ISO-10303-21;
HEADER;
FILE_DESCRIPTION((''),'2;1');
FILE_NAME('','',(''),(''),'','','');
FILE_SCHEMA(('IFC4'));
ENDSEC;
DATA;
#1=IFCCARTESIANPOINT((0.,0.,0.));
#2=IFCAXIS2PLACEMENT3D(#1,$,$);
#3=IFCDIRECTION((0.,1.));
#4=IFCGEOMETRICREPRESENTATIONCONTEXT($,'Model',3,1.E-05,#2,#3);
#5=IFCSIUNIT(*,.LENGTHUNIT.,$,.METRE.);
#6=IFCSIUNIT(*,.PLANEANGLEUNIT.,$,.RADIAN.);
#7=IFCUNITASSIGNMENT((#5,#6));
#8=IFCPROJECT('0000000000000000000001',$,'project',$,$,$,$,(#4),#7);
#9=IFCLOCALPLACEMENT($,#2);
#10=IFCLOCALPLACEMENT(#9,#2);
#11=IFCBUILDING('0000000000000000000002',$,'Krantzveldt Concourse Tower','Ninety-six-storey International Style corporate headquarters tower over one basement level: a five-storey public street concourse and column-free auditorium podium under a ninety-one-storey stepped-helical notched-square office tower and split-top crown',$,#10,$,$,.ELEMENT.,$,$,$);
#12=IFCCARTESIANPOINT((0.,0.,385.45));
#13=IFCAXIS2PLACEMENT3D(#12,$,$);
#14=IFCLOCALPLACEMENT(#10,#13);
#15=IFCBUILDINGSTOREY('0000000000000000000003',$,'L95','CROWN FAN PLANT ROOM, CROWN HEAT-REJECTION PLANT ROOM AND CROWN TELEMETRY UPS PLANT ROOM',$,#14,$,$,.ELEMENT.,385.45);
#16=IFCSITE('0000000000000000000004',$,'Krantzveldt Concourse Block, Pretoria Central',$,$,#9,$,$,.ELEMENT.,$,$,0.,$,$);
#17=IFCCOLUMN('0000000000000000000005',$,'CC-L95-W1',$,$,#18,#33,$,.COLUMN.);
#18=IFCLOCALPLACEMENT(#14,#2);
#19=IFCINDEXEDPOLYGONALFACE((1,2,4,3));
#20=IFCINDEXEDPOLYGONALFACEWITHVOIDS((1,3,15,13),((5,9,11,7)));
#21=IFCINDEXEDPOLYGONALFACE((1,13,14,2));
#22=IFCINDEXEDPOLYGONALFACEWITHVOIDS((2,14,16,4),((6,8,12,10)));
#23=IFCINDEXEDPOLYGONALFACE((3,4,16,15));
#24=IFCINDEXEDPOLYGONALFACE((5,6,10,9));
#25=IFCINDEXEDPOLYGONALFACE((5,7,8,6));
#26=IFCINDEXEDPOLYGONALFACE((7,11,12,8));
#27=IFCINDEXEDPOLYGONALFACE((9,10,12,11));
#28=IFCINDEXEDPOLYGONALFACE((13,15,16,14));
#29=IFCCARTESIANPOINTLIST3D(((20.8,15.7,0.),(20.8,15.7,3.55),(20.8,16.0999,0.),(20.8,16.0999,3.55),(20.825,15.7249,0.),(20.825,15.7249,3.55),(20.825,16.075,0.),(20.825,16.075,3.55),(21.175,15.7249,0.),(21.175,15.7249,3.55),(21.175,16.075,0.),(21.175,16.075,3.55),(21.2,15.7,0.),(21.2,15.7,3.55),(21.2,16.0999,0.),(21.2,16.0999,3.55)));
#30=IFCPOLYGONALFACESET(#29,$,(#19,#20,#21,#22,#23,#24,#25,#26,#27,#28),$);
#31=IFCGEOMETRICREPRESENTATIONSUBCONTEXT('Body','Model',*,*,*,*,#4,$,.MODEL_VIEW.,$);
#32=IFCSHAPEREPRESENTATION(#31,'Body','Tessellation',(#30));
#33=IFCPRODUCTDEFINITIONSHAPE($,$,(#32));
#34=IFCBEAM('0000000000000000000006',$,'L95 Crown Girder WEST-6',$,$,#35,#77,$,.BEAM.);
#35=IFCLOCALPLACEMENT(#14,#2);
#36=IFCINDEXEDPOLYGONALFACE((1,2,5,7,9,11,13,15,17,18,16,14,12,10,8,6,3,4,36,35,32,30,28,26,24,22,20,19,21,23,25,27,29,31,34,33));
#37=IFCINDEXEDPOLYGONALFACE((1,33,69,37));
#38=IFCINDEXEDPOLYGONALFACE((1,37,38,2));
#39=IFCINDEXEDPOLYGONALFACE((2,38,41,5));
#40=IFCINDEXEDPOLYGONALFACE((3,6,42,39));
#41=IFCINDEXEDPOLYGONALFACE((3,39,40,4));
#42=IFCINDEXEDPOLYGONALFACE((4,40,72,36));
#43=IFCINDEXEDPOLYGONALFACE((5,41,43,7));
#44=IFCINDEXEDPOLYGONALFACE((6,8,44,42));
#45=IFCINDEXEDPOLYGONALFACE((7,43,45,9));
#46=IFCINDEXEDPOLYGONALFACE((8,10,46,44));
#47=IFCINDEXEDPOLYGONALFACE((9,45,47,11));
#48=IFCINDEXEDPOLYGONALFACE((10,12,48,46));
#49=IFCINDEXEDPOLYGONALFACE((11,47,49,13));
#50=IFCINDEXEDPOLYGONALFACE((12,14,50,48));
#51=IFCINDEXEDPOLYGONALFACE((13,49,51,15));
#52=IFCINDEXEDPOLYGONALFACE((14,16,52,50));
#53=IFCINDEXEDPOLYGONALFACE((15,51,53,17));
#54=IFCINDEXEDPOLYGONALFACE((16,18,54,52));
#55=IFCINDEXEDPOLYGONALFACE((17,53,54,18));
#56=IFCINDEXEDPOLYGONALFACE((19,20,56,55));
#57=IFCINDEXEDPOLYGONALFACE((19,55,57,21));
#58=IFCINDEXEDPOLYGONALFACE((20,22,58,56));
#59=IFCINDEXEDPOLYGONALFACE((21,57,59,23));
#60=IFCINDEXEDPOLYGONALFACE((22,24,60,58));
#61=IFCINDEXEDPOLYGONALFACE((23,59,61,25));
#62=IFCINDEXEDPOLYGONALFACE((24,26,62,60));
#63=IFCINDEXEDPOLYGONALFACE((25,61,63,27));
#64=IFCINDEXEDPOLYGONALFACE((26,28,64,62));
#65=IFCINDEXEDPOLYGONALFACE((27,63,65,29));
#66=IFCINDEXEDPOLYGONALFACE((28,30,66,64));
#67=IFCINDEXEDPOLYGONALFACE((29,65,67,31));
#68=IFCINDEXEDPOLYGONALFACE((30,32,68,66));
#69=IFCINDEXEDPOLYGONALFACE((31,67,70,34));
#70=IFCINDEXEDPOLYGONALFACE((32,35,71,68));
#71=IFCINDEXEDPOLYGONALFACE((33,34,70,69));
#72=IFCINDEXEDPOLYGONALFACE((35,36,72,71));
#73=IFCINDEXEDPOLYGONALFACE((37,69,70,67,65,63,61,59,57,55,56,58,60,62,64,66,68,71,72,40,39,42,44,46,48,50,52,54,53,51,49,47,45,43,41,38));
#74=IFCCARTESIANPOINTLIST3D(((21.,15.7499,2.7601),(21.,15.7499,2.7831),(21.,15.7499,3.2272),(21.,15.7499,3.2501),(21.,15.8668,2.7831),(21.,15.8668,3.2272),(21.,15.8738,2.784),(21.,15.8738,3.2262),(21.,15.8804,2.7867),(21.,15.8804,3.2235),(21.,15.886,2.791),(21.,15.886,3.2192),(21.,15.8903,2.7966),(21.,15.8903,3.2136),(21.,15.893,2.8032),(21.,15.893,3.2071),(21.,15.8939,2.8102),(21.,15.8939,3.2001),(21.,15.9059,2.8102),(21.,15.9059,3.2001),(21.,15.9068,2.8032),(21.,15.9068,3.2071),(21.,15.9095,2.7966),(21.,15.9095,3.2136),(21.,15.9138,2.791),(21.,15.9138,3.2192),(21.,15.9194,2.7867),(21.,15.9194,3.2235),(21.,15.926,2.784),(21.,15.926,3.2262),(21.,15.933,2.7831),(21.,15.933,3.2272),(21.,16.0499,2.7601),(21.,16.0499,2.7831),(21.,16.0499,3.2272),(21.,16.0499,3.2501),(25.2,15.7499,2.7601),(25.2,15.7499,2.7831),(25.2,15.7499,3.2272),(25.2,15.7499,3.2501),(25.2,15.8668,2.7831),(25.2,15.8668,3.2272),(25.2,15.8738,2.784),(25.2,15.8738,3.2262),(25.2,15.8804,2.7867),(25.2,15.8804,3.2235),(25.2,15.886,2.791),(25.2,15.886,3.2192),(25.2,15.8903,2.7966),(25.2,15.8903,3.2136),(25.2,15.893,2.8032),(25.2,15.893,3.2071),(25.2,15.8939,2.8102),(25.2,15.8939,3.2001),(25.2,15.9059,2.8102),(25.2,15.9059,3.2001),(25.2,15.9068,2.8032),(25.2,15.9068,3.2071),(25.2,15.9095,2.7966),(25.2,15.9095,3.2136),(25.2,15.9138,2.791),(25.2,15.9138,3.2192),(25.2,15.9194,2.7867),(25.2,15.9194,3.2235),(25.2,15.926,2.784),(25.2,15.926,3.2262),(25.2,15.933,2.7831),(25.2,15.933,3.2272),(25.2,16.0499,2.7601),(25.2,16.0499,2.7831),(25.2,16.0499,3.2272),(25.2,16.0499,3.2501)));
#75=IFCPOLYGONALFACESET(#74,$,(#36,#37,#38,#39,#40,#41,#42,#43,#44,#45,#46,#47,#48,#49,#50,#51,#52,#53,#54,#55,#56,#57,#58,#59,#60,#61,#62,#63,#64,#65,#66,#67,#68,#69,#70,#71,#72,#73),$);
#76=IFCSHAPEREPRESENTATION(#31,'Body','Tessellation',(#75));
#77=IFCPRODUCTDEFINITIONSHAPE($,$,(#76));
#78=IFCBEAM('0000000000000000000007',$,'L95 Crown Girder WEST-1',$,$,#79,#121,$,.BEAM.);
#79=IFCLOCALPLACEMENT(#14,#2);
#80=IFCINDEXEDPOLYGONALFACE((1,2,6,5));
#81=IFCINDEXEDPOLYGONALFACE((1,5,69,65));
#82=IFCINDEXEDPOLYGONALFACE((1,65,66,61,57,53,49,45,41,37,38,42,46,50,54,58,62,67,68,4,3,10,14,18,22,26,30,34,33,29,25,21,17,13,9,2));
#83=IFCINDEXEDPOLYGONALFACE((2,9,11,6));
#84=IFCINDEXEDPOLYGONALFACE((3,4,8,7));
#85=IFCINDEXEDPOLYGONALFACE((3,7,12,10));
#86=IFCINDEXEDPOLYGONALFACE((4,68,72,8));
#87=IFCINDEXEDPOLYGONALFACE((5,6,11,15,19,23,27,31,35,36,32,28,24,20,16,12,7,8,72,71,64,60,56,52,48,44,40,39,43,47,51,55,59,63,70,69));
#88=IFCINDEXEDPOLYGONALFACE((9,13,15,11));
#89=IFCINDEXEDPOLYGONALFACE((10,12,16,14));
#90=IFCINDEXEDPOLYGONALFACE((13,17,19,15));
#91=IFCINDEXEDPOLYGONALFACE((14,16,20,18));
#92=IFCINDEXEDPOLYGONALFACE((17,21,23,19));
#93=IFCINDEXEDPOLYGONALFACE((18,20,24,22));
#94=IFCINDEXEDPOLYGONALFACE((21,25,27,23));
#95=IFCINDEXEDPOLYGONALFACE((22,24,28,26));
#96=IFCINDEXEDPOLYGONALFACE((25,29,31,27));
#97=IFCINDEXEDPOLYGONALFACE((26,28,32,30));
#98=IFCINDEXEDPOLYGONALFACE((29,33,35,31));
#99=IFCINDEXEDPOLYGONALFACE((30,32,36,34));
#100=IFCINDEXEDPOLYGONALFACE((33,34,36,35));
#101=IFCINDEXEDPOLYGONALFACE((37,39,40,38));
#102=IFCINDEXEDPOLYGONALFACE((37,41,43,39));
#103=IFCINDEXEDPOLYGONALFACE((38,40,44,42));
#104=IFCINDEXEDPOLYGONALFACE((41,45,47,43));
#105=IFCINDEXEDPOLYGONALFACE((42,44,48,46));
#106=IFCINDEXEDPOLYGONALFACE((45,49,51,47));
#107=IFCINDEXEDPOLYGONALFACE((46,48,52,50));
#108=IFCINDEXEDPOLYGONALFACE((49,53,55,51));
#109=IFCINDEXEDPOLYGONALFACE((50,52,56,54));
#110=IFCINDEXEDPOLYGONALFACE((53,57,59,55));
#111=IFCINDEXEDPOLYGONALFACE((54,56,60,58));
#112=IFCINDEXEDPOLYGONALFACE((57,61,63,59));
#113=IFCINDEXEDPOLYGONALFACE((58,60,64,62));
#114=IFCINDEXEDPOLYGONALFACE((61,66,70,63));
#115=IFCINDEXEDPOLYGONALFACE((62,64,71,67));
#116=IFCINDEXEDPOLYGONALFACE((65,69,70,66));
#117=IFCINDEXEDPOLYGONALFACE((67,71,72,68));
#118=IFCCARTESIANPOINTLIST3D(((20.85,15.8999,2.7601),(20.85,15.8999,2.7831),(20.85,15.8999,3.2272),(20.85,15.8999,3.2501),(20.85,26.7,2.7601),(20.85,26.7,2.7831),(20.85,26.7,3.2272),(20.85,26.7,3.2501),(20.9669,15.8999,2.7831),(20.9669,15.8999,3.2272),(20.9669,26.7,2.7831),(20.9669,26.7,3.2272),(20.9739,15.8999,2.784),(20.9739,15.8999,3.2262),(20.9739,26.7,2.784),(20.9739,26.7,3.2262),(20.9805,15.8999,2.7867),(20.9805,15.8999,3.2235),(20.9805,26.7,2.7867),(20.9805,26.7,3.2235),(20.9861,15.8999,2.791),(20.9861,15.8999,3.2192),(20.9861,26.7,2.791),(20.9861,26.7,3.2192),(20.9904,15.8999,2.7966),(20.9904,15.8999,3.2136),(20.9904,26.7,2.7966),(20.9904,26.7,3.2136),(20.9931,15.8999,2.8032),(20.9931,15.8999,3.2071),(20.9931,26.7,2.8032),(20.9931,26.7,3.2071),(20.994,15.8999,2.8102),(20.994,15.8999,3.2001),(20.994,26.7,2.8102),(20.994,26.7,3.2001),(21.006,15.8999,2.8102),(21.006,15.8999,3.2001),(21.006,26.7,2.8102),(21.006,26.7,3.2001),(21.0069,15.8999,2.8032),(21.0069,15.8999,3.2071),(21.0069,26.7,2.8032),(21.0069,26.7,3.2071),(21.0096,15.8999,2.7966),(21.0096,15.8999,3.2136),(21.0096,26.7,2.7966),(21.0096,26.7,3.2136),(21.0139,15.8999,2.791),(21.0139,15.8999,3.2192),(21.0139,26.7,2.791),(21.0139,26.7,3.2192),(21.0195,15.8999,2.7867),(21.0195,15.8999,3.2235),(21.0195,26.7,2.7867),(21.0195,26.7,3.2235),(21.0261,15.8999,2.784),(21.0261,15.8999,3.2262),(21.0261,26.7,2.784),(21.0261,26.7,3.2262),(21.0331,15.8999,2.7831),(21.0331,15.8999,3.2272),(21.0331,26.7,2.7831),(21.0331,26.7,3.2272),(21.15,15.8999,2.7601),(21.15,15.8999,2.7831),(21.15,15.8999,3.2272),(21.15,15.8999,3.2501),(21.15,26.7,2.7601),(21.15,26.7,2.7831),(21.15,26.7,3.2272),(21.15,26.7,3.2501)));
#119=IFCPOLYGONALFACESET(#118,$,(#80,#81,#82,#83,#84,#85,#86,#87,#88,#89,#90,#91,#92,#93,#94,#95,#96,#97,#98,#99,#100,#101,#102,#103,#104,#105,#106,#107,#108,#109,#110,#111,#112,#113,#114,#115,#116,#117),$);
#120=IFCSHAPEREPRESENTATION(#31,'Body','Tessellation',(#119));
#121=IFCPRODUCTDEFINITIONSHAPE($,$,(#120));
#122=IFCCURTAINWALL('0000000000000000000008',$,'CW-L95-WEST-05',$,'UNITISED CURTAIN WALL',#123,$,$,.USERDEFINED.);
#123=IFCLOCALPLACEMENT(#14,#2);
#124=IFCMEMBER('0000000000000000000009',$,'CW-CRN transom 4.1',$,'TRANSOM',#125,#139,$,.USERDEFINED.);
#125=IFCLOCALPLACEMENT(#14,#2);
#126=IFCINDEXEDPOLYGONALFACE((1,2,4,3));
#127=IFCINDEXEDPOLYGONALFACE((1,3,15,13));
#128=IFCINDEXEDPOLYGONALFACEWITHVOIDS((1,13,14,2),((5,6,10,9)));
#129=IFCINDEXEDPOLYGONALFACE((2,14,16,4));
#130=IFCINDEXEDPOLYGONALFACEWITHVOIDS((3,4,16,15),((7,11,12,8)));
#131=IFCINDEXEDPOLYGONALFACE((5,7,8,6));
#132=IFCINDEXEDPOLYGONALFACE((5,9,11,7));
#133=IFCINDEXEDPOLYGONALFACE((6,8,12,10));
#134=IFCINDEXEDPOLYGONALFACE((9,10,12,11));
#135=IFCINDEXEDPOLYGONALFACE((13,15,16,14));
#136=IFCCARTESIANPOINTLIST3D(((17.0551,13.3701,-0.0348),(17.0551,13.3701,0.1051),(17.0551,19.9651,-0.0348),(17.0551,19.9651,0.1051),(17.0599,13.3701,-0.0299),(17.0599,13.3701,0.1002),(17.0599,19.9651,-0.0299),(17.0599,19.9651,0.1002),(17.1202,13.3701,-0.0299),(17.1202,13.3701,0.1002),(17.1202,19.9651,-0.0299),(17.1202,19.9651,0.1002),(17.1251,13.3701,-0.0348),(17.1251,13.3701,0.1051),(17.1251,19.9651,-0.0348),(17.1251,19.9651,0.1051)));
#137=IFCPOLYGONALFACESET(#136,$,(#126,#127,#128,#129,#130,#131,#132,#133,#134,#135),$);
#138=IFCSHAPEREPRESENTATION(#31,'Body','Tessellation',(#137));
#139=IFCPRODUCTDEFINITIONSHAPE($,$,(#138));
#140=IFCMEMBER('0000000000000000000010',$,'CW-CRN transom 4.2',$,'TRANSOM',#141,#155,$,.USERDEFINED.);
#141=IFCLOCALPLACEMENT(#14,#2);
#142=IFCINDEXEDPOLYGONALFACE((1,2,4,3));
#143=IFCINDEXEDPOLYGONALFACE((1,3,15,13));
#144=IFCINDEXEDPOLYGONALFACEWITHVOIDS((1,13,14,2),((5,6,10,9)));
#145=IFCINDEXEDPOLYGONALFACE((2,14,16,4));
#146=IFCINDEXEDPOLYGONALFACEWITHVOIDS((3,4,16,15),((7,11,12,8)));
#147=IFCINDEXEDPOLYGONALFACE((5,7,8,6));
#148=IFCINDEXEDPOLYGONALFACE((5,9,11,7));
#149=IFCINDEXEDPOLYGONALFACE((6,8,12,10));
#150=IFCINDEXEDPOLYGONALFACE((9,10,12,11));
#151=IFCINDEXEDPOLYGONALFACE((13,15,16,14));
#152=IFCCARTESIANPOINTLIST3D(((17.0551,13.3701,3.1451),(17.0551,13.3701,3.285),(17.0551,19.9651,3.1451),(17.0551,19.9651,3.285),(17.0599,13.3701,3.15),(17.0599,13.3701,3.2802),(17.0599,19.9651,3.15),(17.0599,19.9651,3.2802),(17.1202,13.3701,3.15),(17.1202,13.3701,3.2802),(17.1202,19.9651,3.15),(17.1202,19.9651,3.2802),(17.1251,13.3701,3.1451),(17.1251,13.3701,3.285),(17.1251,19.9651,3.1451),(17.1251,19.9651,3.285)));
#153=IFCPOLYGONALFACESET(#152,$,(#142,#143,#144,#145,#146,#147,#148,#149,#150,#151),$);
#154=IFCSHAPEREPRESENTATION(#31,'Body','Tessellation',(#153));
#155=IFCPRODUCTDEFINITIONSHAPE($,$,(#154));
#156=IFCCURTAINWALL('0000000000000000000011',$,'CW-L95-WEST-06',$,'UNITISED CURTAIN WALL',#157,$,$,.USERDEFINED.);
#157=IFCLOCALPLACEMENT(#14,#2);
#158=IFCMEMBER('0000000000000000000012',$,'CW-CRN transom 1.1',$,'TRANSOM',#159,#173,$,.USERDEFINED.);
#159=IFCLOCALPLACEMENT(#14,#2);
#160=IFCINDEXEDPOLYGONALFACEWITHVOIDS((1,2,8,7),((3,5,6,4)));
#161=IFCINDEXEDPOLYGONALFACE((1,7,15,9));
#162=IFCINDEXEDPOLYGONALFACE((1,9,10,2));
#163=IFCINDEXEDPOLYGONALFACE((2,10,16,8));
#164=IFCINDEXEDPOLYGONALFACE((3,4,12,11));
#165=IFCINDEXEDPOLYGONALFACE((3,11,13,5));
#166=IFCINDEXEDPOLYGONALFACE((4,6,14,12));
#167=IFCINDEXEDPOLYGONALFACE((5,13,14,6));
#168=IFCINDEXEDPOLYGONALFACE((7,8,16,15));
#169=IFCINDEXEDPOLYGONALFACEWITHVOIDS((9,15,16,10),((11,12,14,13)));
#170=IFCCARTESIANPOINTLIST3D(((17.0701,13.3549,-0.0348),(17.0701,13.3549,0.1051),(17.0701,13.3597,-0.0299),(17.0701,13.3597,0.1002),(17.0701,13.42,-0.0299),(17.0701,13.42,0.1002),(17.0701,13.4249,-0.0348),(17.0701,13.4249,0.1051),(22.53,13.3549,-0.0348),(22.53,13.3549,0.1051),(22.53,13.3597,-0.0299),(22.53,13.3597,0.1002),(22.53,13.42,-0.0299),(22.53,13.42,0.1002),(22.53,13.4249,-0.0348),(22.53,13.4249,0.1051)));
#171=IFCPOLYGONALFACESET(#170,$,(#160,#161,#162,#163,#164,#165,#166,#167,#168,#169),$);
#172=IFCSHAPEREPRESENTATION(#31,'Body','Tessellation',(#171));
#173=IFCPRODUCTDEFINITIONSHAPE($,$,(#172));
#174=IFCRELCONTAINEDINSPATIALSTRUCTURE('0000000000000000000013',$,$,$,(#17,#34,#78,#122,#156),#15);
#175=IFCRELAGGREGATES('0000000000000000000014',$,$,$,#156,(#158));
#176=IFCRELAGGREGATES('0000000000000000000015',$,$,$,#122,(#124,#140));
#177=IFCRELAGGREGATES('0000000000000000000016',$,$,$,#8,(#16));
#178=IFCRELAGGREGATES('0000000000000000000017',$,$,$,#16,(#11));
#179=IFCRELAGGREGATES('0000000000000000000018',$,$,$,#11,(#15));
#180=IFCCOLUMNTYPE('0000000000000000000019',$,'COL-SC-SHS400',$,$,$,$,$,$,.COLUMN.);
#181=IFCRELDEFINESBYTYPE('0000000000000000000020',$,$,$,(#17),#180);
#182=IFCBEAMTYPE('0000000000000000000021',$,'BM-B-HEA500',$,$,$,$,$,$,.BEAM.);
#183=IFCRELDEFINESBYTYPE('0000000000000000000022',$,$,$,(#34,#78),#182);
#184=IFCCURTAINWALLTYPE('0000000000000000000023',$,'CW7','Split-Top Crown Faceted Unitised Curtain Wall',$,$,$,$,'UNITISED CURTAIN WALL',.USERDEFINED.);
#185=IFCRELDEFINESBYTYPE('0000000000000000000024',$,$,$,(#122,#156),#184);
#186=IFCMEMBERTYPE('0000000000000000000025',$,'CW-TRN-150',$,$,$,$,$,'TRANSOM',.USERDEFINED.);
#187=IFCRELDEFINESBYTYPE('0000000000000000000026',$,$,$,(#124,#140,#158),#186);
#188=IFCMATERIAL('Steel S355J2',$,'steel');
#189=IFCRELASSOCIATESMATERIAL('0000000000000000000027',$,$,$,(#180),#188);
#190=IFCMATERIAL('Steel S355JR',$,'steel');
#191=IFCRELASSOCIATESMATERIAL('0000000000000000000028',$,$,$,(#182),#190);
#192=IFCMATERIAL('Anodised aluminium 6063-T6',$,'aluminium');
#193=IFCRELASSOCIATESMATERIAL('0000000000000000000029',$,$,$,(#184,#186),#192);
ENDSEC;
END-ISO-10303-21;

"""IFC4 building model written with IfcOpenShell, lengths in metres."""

from ifc_helpers import new_model, si_unit, direction, frame, origin, origin_2d, place, context, subcontext, project, spatial, hollow_rectangle, i_section, extrude, source, transform, mapped, material, material_profile, profile_set, type_object, type_shapes, element, aggregate, save


model = new_model("IFC4")

# Units and contexts
model_context = context("Model", 3, precision=1e-05, world=origin(), true_north=direction((0.0, 1.0)))
body_context = subcontext(model_context, "Body", "Model", "MODEL_VIEW")
ifc_project = project(units=[si_unit("LENGTHUNIT", "METRE"), si_unit("PLANEANGLEUNIT", "RADIAN")], contexts=[model_context])

# Site, building, storey
site_placement = place(None, origin())
site = spatial("IfcSite", under=ifc_project, at=site_placement, Name="Krantzveldt Concourse Block, Pretoria Central", CompositionType="ELEMENT", RefElevation=0.0)
building_placement = place(site_placement, origin())
building = spatial("IfcBuilding", under=site, at=building_placement, Name="Krantzveldt Concourse Tower", Description="Ninety-six-storey International Style corporate headquarters tower over one basement level: a five-storey public street concourse and column-free auditorium podium under a ninety-one-storey stepped-helical notched-square office tower and split-top crown", CompositionType="ELEMENT")
storey_placement = place(building_placement, frame((0.0, 0.0, 385.45)))
storey = spatial("IfcBuildingStorey", under=building, at=storey_placement, Name="L95", Description="CROWN FAN PLANT ROOM, CROWN HEAT-REJECTION PLANT ROOM AND CROWN TELEMETRY UPS PLANT ROOM", CompositionType="ELEMENT", Elevation=385.45)

# Column
ifc_material_1 = material(Name="Steel S355J2", Category="steel")
ifc_material_profile_1 = material_profile(ifc_material_1, hollow_rectangle(XDim=0.3999, YDim=0.3999, WallThickness=0.0249, at=origin_2d()), Name="Steel S355J2", Category="steel")
ifc_profile_set_1 = profile_set([ifc_material_profile_1], Name="Steel S355J2 - SHS 400x400x25")
column_type = type_object("IfcColumnType", Name="COL-SC-SHS400", PredefinedType="COLUMN", material=ifc_profile_set_1)
shared_shape_1 = source(origin(), body_context, "Body", "SweptSolid", [
    extrude(hollow_rectangle(XDim=0.3999, YDim=0.3999, WallThickness=0.0249, at=origin_2d()), origin(), (0.0, 0.0, 1.0), 3.55),
])
type_shapes(column_type, [shared_shape_1])
column_placement = place(storey_placement, frame((21.0, 15.8999, 0.0), z_axis=(0.0, 0.0, 1.0), x_axis=(1.0, 0.0, 0.0)))
element("IfcColumn", 1, at=column_placement, inside=storey, type_object=column_type, Name="CC-L95-W1", PredefinedType="COLUMN", context=body_context, shape_type="MappedRepresentation", body=[
    mapped(shared_shape_1, transform((0.0, 0.0, 0.0), x_axis=(1.0, 0.0, 0.0), y_axis=(0.0, 1.0, 0.0), z_axis=(0.0, 0.0, 1.0), scale=1.0)),
])

# Beams
ifc_material_2 = material(Name="Steel S355JR", Category="steel")
ifc_material_profile_2 = material_profile(ifc_material_2, i_section(OverallWidth=0.3, OverallDepth=0.49, WebThickness=0.012, FlangeThickness=0.0229, FilletRadius=0.0271, at=origin_2d()), Name="Steel S355JR", Category="steel")
ifc_profile_set_2 = profile_set([ifc_material_profile_2], Name="Steel S355JR - HEA 500")
beam_type = type_object("IfcBeamType", Name="BM-B-HEA500", PredefinedType="BEAM", material=ifc_profile_set_2)
shared_shape_2 = source(origin(), body_context, "Body", "SweptSolid", [
    extrude(i_section(OverallWidth=0.3, OverallDepth=0.49, WebThickness=0.012, FlangeThickness=0.0229, FilletRadius=0.0271, at=origin_2d()), origin(), (0.0, 0.0, 1.0), 4.2),
])
beam_1_placement = place(storey_placement, frame((21.0, 15.8999, 3.0051), z_axis=(1.0, 0.0, 0.0), x_axis=(0.0, 1.0, 0.0)))
element("IfcBeam", 2, at=beam_1_placement, inside=storey, type_object=beam_type, Name="L95 Crown Girder WEST-6", PredefinedType="BEAM", context=body_context, shape_type="MappedRepresentation", body=[
    mapped(shared_shape_2, transform((0.0, 0.0, 0.0), x_axis=(1.0, 0.0, 0.0), y_axis=(0.0, 1.0, 0.0), z_axis=(0.0, 0.0, 1.0), scale=1.0)),
])
shared_shape_3 = source(origin(), body_context, "Body", "SweptSolid", [
    extrude(i_section(OverallWidth=0.3, OverallDepth=0.49, WebThickness=0.012, FlangeThickness=0.0229, FilletRadius=0.0271, at=origin_2d()), origin(), (0.0, 0.0, 1.0), 10.8),
])
type_shapes(beam_type, [shared_shape_2, shared_shape_3])
beam_2_placement = place(storey_placement, frame((21.0, 15.8999, 3.0051), z_axis=(0.0, 1.0, 0.0), x_axis=(-1.0, 0.0, 0.0)))
element("IfcBeam", 3, at=beam_2_placement, inside=storey, type_object=beam_type, Name="L95 Crown Girder WEST-1", PredefinedType="BEAM", context=body_context, shape_type="MappedRepresentation", body=[
    mapped(shared_shape_3, transform((0.0, 0.0, 0.0), x_axis=(1.0, 0.0, 0.0), y_axis=(0.0, 1.0, 0.0), z_axis=(0.0, 0.0, 1.0), scale=1.0)),
])

# Curtain walls, members
ifc_material_3 = material(Name="Anodised aluminium 6063-T6", Category="aluminium")
curtain_wall_type = type_object("IfcCurtainWallType", Name="CW7", Description="Split-Top Crown Faceted Unitised Curtain Wall", ElementType="UNITISED CURTAIN WALL", PredefinedType="USERDEFINED", material=ifc_material_3)
curtain_wall_1_placement = place(storey_placement, origin())
curtain_wall_1 = element("IfcCurtainWall", 4, at=curtain_wall_1_placement, inside=storey, type_object=curtain_wall_type, Name="CW-L95-WEST-05", ObjectType="UNITISED CURTAIN WALL", PredefinedType="USERDEFINED")
ifc_material_profile_3 = material_profile(ifc_material_3, hollow_rectangle(XDim=0.0701, YDim=0.1399, WallThickness=0.0049, at=origin_2d()), Name="Anodised aluminium 6063-T6", Category="aluminium")
ifc_profile_set_3 = profile_set([ifc_material_profile_3], Name="Anodised aluminium 6063-T6 - ALU-TRAN 140x70x5")
member_type_1 = type_object("IfcMemberType", Name="CW-TRN-150", ElementType="TRANSOM", PredefinedType="USERDEFINED", material=ifc_profile_set_3)
shared_shape_4 = source(origin(), body_context, "Body", "SweptSolid", [
    extrude(hollow_rectangle(XDim=0.0701, YDim=0.1399, WallThickness=0.0049, at=origin_2d()), origin(), (0.0, 0.0, 1.0), 6.595),
])
member_1_placement = place(storey_placement, frame((17.0901, 19.9651, 0.0352), z_axis=(0.0, -1.0, 0.0), x_axis=(1.0, 0.0, 0.0)))
member_1 = element("IfcMember", 5, at=member_1_placement, type_object=member_type_1, Name="CW-CRN transom 4.1", ObjectType="TRANSOM", PredefinedType="USERDEFINED", context=body_context, shape_type="MappedRepresentation", body=[
    mapped(shared_shape_4, transform((0.0, 0.0, 0.0), x_axis=(1.0, 0.0, 0.0), y_axis=(0.0, 1.0, 0.0), z_axis=(0.0, 0.0, 1.0), scale=1.0)),
])
member_2_placement = place(storey_placement, frame((17.0901, 19.9651, 3.2151), z_axis=(0.0, -1.0, 0.0), x_axis=(1.0, 0.0, 0.0)))
member_2 = element("IfcMember", 6, at=member_2_placement, type_object=member_type_1, Name="CW-CRN transom 4.2", ObjectType="TRANSOM", PredefinedType="USERDEFINED", context=body_context, shape_type="MappedRepresentation", body=[
    mapped(shared_shape_4, transform((0.0, 0.0, 0.0), x_axis=(1.0, 0.0, 0.0), y_axis=(0.0, 1.0, 0.0), z_axis=(0.0, 0.0, 1.0), scale=1.0)),
])
curtain_wall_2_placement = place(storey_placement, origin())
curtain_wall_2 = element("IfcCurtainWall", 7, at=curtain_wall_2_placement, inside=storey, type_object=curtain_wall_type, Name="CW-L95-WEST-06", ObjectType="UNITISED CURTAIN WALL", PredefinedType="USERDEFINED")
shared_shape_5 = source(origin(), body_context, "Body", "SweptSolid", [
    extrude(hollow_rectangle(XDim=0.0701, YDim=0.1399, WallThickness=0.0049, at=origin_2d()), origin(), (0.0, 0.0, 1.0), 5.46),
])
type_shapes(member_type_1, [shared_shape_4, shared_shape_5])
member_3_placement = place(storey_placement, frame((17.0701, 13.3899, 0.0352), z_axis=(1.0, 0.0, 0.0), x_axis=(0.0, 1.0, 0.0)))
member_3 = element("IfcMember", 8, at=member_3_placement, type_object=member_type_1, Name="CW-CRN transom 1.1", ObjectType="TRANSOM", PredefinedType="USERDEFINED", context=body_context, shape_type="MappedRepresentation", body=[
    mapped(shared_shape_5, transform((0.0, 0.0, 0.0), x_axis=(1.0, 0.0, 0.0), y_axis=(0.0, 1.0, 0.0), z_axis=(0.0, 0.0, 1.0), scale=1.0)),
])

aggregate(curtain_wall_2, [member_3])
aggregate(curtain_wall_1, [member_1, member_2])

save(model, "model.ifc")
